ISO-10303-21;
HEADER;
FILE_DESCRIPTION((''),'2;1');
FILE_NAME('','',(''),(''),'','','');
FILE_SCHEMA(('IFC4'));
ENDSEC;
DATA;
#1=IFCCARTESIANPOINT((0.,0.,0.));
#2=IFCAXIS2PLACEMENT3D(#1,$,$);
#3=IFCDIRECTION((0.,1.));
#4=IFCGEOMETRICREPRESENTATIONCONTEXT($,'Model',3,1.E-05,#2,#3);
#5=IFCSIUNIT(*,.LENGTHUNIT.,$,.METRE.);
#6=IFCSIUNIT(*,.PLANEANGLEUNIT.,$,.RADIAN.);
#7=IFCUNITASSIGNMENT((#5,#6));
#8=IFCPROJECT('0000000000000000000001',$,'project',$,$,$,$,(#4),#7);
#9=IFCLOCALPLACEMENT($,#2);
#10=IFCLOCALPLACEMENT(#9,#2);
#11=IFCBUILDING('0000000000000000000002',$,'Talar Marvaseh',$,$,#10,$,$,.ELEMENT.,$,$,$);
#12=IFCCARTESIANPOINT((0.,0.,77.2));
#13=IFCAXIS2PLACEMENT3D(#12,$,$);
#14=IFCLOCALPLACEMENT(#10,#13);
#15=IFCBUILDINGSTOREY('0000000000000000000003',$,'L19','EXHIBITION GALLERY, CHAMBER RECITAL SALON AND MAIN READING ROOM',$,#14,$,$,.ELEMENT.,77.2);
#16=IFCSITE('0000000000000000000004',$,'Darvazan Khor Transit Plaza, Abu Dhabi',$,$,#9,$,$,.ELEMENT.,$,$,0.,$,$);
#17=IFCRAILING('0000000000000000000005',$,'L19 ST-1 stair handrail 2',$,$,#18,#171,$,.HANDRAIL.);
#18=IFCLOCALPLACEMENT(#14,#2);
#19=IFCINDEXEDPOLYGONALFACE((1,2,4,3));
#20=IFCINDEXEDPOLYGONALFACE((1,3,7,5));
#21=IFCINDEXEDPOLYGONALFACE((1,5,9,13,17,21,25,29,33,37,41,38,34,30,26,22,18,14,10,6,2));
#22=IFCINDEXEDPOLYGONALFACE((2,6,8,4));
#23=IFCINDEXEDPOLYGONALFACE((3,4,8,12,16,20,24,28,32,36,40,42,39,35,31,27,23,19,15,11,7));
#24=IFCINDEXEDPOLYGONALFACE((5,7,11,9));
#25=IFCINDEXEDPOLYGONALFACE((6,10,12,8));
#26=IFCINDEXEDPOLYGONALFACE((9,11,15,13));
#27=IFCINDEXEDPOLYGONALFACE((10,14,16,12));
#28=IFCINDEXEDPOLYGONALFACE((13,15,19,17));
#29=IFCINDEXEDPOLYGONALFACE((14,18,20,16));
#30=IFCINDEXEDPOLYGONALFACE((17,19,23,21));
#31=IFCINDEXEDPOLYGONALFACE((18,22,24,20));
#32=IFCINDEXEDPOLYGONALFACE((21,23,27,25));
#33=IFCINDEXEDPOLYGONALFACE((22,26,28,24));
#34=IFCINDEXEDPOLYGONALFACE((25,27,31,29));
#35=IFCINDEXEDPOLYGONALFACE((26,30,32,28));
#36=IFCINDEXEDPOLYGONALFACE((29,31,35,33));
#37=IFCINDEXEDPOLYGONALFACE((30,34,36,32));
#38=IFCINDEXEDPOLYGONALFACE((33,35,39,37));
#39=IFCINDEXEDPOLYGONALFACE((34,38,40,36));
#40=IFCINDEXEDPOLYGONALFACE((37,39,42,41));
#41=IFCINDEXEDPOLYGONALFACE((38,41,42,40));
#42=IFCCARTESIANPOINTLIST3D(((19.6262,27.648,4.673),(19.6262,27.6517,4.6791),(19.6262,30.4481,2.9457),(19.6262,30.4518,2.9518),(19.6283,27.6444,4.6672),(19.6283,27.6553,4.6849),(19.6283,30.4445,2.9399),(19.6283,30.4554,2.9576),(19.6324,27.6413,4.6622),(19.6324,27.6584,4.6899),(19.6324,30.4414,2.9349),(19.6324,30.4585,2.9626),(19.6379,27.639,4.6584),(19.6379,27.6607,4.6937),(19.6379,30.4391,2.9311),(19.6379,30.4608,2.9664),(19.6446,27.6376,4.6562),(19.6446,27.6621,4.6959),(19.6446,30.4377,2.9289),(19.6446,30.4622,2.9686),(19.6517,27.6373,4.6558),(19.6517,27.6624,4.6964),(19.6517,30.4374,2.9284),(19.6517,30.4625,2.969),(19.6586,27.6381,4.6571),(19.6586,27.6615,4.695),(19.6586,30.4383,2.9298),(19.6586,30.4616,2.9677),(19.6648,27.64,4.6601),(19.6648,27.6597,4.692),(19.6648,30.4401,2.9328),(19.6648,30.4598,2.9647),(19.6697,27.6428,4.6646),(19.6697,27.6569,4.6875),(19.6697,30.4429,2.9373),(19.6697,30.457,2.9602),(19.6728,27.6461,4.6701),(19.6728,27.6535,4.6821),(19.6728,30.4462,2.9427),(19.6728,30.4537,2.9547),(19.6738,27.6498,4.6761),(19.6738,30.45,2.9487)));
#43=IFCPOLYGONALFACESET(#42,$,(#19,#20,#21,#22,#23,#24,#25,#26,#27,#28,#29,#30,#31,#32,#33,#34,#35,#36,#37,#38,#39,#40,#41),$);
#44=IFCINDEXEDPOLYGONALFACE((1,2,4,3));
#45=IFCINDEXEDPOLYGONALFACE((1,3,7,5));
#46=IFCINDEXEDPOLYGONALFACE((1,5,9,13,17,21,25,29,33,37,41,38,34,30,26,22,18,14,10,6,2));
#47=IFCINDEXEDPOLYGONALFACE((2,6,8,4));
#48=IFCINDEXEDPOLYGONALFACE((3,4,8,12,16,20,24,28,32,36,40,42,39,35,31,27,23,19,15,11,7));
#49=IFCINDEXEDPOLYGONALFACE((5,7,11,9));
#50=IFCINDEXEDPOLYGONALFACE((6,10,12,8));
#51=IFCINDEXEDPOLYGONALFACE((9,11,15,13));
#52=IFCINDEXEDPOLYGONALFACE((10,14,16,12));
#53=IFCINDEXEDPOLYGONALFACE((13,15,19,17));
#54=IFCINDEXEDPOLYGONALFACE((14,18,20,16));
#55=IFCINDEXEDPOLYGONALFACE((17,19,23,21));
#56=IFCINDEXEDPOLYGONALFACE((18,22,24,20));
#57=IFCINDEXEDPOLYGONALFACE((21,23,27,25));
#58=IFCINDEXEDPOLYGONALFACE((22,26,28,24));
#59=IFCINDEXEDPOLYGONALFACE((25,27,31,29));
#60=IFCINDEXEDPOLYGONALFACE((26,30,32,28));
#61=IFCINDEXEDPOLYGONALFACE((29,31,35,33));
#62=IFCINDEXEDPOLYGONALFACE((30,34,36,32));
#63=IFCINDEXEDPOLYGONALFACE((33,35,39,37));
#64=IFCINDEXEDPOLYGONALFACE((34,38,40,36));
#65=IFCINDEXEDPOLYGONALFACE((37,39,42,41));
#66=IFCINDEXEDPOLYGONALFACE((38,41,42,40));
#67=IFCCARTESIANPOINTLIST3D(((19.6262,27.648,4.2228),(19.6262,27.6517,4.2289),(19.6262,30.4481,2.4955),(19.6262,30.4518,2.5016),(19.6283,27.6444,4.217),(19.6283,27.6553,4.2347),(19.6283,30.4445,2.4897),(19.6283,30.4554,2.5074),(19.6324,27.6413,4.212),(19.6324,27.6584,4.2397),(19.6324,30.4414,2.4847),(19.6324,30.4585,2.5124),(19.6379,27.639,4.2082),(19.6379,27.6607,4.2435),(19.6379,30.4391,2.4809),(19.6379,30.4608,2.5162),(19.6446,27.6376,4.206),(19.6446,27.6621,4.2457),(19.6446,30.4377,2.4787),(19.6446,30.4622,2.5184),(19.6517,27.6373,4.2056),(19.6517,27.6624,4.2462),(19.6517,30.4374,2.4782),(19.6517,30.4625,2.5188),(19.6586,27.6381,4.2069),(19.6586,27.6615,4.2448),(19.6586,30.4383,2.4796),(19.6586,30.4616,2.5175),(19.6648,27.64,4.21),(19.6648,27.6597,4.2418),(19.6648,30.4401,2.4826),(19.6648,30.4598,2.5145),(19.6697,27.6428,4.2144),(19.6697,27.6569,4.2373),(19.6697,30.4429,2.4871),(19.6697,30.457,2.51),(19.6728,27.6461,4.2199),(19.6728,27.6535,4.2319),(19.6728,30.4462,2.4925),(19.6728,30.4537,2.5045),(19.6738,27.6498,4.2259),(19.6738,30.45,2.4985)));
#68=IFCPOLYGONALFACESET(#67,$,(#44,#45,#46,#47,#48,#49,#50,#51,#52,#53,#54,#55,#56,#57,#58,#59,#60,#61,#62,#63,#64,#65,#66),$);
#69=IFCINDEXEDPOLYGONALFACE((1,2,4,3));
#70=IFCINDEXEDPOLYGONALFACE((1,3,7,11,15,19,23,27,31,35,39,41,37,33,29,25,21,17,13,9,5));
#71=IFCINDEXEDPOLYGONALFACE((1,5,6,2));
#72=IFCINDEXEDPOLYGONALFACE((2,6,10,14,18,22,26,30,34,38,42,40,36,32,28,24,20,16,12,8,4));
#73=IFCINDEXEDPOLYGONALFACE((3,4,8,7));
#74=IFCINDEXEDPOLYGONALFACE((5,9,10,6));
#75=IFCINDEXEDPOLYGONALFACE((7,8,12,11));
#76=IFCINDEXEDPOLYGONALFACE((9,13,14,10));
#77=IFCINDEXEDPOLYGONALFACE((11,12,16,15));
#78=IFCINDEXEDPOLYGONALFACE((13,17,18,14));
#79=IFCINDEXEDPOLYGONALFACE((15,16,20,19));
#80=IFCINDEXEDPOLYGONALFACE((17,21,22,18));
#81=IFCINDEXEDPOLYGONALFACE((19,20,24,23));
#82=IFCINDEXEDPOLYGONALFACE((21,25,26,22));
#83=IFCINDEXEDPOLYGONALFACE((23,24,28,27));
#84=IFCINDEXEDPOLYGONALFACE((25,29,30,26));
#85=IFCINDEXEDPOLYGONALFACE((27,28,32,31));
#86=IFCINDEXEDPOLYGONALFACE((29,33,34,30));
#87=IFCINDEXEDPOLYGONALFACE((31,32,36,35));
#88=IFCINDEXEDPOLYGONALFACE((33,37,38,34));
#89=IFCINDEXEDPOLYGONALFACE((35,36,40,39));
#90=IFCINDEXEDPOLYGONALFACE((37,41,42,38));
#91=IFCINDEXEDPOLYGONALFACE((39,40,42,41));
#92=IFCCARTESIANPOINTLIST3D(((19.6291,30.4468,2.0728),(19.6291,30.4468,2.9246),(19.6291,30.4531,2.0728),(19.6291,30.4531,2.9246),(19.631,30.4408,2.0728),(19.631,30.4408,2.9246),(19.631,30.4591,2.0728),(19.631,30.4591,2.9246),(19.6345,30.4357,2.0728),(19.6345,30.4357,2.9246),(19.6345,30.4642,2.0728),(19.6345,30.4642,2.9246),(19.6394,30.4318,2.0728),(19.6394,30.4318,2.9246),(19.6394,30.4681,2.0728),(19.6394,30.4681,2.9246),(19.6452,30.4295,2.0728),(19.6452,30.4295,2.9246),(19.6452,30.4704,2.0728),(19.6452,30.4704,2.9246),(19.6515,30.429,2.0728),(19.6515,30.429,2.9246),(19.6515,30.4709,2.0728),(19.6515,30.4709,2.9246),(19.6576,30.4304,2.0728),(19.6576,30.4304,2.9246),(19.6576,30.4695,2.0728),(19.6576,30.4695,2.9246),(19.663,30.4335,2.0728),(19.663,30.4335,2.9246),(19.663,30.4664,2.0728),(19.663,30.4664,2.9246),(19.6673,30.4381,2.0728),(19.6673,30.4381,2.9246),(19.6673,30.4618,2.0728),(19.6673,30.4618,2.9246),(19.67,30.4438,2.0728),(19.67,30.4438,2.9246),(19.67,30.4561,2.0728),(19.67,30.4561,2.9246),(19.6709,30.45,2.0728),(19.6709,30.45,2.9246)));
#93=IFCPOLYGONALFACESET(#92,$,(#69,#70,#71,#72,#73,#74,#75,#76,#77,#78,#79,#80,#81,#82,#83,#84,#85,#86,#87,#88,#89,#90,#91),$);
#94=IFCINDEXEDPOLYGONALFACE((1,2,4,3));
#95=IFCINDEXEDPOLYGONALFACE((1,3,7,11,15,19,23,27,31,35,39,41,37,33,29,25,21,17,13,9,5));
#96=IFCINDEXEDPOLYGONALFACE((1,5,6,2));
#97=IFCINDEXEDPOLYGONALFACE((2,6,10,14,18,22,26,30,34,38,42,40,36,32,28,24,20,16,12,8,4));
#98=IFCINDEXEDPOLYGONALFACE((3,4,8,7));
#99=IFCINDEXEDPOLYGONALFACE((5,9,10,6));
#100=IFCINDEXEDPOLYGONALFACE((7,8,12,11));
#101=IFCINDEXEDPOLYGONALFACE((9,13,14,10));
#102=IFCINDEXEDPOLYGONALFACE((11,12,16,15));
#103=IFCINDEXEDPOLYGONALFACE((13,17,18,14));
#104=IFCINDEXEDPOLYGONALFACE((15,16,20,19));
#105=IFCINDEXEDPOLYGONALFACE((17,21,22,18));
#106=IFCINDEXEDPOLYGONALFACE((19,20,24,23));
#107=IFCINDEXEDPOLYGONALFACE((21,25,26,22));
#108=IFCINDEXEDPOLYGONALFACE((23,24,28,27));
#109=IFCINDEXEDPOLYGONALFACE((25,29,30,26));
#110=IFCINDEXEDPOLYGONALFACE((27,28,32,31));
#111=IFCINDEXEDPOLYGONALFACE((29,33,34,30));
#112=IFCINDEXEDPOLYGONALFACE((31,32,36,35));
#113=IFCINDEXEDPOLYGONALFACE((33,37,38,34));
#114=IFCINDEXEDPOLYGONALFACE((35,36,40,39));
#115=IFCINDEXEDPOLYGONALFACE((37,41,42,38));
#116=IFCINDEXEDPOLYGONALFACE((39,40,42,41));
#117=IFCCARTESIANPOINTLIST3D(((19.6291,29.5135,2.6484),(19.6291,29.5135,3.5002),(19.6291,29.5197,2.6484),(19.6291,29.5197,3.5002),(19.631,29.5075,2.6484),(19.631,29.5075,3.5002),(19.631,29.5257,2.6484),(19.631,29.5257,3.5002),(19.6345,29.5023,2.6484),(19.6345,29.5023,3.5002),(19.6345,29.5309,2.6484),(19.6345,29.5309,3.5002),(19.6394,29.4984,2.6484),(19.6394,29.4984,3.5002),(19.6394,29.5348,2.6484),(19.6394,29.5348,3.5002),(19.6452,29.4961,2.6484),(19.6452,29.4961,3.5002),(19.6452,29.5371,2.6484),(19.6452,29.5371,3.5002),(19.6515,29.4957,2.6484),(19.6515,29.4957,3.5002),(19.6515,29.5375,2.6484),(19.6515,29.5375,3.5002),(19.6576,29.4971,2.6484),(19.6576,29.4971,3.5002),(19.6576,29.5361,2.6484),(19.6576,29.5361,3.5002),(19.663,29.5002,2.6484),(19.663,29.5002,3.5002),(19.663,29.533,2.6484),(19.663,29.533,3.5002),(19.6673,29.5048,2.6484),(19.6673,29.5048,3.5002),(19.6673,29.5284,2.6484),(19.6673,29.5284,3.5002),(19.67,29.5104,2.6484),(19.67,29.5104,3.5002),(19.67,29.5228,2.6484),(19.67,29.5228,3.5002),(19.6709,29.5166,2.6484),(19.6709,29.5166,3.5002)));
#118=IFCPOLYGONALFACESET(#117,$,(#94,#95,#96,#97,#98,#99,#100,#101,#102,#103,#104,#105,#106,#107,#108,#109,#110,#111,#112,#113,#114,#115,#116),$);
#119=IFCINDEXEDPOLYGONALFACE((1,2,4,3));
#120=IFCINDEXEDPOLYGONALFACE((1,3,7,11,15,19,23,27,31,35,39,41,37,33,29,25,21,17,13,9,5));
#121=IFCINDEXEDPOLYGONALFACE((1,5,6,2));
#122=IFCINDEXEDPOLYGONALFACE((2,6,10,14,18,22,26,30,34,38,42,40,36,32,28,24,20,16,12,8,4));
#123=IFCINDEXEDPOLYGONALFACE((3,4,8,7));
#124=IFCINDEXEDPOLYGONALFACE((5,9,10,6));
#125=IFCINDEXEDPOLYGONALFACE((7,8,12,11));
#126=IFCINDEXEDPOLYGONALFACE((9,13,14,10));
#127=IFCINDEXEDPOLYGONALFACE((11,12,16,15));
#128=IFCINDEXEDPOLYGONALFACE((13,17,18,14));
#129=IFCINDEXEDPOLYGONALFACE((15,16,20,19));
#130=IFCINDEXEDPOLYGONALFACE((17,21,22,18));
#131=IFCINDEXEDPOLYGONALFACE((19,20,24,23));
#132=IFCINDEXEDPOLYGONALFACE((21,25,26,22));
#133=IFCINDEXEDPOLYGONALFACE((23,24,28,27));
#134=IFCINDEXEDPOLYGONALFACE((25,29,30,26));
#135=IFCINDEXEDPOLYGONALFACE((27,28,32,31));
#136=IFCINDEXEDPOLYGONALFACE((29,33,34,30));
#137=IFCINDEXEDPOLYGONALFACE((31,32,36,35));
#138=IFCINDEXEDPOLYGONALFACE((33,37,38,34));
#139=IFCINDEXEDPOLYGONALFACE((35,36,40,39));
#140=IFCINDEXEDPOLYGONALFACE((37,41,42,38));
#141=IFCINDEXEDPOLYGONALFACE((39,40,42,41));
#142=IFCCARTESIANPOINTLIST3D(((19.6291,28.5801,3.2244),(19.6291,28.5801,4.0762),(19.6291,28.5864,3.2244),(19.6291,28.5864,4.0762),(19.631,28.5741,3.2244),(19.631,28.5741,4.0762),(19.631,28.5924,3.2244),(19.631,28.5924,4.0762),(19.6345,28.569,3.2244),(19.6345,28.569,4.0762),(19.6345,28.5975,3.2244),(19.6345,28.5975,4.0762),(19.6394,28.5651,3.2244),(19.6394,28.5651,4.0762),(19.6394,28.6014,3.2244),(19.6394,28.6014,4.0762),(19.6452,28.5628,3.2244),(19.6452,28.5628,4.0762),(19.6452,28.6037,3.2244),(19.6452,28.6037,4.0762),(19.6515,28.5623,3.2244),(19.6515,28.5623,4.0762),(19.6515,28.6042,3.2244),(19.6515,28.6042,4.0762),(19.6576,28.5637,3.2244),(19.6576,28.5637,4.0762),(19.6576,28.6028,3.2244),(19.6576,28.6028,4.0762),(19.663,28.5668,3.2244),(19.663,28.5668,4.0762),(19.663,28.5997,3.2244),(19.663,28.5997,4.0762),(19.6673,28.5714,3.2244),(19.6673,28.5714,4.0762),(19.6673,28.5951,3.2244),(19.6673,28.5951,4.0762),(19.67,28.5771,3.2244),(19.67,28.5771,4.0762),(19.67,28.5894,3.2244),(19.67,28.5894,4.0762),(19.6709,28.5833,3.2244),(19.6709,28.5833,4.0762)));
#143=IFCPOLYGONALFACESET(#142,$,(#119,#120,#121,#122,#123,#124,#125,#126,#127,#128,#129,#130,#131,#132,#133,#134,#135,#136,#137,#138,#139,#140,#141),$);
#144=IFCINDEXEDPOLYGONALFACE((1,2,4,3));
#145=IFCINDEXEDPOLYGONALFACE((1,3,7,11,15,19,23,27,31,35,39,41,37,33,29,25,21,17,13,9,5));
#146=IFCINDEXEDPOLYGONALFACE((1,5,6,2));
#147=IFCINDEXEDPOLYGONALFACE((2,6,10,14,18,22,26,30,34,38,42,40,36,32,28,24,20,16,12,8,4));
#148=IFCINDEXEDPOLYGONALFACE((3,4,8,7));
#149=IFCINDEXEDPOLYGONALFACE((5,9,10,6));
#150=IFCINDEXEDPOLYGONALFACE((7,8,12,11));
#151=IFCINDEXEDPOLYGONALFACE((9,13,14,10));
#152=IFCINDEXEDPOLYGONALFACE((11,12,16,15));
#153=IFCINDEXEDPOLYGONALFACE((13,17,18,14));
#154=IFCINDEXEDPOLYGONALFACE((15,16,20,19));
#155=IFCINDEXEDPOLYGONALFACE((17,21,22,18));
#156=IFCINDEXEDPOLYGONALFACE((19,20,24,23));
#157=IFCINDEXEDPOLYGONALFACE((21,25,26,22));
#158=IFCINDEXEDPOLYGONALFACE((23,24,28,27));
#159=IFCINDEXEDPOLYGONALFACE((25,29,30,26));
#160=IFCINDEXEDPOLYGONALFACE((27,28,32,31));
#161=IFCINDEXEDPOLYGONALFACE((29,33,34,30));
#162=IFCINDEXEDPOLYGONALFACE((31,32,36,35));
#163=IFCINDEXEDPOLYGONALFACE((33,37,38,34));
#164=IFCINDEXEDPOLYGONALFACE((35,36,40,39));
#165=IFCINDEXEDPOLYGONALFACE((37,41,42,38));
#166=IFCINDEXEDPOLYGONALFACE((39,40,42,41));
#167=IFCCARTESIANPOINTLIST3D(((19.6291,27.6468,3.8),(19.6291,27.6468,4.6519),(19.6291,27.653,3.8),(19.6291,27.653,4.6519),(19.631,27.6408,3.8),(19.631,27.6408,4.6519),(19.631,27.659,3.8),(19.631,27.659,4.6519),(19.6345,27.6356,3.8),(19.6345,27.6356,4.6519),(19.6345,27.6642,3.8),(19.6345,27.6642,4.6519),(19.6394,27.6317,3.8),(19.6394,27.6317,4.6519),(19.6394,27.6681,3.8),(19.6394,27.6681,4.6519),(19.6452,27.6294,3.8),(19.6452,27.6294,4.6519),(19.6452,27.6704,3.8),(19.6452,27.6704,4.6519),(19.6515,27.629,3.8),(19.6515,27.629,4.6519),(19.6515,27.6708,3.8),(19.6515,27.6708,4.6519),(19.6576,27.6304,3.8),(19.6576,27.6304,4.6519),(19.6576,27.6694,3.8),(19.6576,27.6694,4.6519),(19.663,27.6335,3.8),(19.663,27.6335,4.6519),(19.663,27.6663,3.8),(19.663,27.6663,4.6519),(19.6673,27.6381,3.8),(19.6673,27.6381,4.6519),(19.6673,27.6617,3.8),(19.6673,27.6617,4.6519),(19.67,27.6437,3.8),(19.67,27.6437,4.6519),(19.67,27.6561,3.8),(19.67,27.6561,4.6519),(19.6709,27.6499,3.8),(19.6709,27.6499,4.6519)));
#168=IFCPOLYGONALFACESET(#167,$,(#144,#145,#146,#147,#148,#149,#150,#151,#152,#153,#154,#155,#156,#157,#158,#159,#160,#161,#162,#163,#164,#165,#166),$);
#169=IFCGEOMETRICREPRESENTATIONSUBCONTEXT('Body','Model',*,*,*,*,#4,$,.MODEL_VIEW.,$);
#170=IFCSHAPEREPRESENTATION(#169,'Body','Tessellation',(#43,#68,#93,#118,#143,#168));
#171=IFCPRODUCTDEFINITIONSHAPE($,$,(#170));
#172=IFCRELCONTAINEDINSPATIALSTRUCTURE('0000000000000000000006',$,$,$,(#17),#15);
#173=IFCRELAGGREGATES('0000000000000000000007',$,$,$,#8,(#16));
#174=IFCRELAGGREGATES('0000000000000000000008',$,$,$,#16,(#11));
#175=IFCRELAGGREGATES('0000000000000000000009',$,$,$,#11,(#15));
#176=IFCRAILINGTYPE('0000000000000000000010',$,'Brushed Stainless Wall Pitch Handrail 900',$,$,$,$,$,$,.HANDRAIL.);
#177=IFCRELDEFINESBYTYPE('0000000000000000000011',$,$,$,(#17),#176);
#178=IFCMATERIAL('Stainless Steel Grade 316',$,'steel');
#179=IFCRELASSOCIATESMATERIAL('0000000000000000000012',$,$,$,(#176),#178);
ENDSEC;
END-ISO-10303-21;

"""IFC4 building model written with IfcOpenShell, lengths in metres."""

from ifc_helpers import new_model, si_unit, direction, frame, origin, origin_2d, place, context, subcontext, project, spatial, circle, extrude, material, type_object, element, save


model = new_model("IFC4")

# Units and contexts
model_context = context("Model", 3, precision=1e-05, world=origin(), true_north=direction((0.0, 1.0)))
body_context = subcontext(model_context, "Body", "Model", "MODEL_VIEW")
ifc_project = project(units=[si_unit("LENGTHUNIT", "METRE"), si_unit("PLANEANGLEUNIT", "RADIAN")], contexts=[model_context])

# Site, building, storey
site_placement = place(None, origin())
site = spatial("IfcSite", under=ifc_project, at=site_placement, Name="Darvazan Khor Transit Plaza, Abu Dhabi", CompositionType="ELEMENT", RefElevation=0.0)
building_placement = place(site_placement, origin())
building = spatial("IfcBuilding", under=site, at=building_placement, Name="Talar Marvaseh", CompositionType="ELEMENT")
storey_placement = place(building_placement, frame((0.0, 0.0, 77.2)))
storey = spatial("IfcBuildingStorey", under=building, at=storey_placement, Name="L19", Description="EXHIBITION GALLERY, CHAMBER RECITAL SALON AND MAIN READING ROOM", CompositionType="ELEMENT", Elevation=77.2)

# Railing
ifc_material_1 = material(Name="Stainless Steel Grade 316", Category="steel")
railing_type_1 = type_object("IfcRailingType", Name="Brushed Stainless Wall Pitch Handrail 900", PredefinedType="HANDRAIL", material=ifc_material_1)
railing_1_placement = place(storey_placement, frame((19.6499, 30.45, 2.0728)))
element("IfcRailing", 1, at=railing_1_placement, inside=storey, type_object=railing_type_1, Name="L19 ST-1 stair handrail 2", PredefinedType="HANDRAIL", context=body_context, shape_type="SweptSolid", body=[
    extrude(circle(Radius=0.0239, at=origin_2d()), frame((0.0, 0.0, 0.876), z_axis=(0.0, -0.85109, 0.52502), x_axis=(1.0, 0.0, 0.0)), (0.0, 0.0, 1.0), 3.29),
    extrude(circle(Radius=0.0239, at=origin_2d()), frame((0.0, 0.0, 0.4258), z_axis=(0.0, -0.85109, 0.52502), x_axis=(1.0, 0.0, 0.0)), (0.0, 0.0, 1.0), 3.29),
    extrude(circle(Radius=0.021, at=origin_2d()), origin(), (0.0, 0.0, 1.0), 0.8518),
    extrude(circle(Radius=0.021, at=origin_2d()), frame((0.0, -0.9333, 0.5757)), (0.0, 0.0, 1.0), 0.8518),
    extrude(circle(Radius=0.021, at=origin_2d()), frame((0.0, -1.8667, 1.1516)), (0.0, 0.0, 1.0), 0.8518),
    extrude(circle(Radius=0.021, at=origin_2d()), frame((0.0, -2.8, 1.7273)), (0.0, 0.0, 1.0), 0.8518),
])

save(model, "model.ifc")
